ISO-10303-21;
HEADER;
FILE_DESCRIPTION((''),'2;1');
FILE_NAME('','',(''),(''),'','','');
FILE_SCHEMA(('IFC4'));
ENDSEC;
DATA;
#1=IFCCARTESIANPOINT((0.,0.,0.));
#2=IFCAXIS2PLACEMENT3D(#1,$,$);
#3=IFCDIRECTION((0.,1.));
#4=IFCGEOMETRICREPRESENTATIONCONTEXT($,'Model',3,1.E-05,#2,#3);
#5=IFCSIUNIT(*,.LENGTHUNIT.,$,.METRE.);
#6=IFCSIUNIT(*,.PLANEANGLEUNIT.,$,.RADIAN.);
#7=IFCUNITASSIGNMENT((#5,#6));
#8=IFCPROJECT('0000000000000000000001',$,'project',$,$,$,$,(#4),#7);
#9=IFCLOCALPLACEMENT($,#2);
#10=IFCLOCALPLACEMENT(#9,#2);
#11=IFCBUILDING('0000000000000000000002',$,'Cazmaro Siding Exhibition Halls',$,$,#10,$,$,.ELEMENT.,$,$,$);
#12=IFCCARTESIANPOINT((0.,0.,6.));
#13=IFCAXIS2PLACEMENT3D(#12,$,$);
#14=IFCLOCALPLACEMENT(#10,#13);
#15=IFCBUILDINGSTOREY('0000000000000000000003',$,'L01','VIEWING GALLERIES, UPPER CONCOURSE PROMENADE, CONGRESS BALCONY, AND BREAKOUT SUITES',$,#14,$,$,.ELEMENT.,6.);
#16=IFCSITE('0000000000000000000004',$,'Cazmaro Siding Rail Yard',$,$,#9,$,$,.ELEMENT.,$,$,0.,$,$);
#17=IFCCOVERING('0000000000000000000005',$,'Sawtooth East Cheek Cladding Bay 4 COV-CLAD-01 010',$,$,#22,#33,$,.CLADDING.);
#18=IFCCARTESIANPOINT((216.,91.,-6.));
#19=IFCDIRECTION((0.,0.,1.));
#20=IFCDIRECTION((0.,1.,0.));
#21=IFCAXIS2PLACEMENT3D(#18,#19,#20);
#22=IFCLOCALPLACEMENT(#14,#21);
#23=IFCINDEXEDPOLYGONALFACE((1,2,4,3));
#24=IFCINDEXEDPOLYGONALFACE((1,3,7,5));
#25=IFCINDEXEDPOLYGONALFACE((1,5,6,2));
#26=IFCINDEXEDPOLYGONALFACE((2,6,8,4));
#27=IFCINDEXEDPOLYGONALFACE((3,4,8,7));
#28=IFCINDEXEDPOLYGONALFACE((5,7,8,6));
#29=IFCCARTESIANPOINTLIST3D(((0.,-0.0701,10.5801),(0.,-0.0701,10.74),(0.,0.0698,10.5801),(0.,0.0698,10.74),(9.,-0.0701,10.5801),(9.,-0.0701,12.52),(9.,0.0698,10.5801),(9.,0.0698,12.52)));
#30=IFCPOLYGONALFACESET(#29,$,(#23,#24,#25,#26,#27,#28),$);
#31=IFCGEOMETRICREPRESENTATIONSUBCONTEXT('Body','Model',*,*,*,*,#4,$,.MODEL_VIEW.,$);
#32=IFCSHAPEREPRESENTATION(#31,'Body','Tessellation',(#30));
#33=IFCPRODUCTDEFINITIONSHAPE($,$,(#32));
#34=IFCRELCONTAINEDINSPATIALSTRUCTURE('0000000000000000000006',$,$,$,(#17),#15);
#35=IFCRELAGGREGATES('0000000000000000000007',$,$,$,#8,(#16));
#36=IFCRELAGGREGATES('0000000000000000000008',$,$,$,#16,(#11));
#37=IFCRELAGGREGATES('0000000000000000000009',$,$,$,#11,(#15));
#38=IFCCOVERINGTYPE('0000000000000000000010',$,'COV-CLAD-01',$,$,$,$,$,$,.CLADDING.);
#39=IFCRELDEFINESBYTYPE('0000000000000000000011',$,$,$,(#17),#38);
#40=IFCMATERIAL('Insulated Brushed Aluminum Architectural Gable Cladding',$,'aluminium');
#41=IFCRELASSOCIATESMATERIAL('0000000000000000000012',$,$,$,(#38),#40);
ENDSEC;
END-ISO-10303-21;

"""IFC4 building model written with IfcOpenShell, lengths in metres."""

from ifc_helpers import new_model, si_unit, direction, frame, origin, place, context, subcontext, project, spatial, polyline, outline, extrude, material, type_object, element, save


model = new_model("IFC4")

# Units and contexts
model_context = context("Model", 3, precision=1e-05, world=origin(), true_north=direction((0.0, 1.0)))
body_context = subcontext(model_context, "Body", "Model", "MODEL_VIEW")
ifc_project = project(units=[si_unit("LENGTHUNIT", "METRE"), si_unit("PLANEANGLEUNIT", "RADIAN")], contexts=[model_context])

# Site, building, storey
site_placement = place(None, origin())
site = spatial("IfcSite", under=ifc_project, at=site_placement, Name="Cazmaro Siding Rail Yard", CompositionType="ELEMENT", RefElevation=0.0)
building_placement = place(site_placement, origin())
building = spatial("IfcBuilding", under=site, at=building_placement, Name="Cazmaro Siding Exhibition Halls", CompositionType="ELEMENT")
storey_placement = place(building_placement, frame((0.0, 0.0, 6.0)))
storey = spatial("IfcBuildingStorey", under=building, at=storey_placement, Name="L01", Description="VIEWING GALLERIES, UPPER CONCOURSE PROMENADE, CONGRESS BALCONY, AND BREAKOUT SUITES", CompositionType="ELEMENT", Elevation=6.0)

# Covering
ifc_material_1 = material(Name="Insulated Brushed Aluminum Architectural Gable Cladding", Category="aluminium")
covering_type = type_object("IfcCoveringType", Name="COV-CLAD-01", PredefinedType="CLADDING", material=ifc_material_1)
covering_placement = place(storey_placement, frame((216.0, 91.0, -6.0), z_axis=(0.0, 0.0, 1.0), x_axis=(0.0, 1.0, 0.0)))
element("IfcCovering", 1, at=covering_placement, inside=storey, type_object=covering_type, Name="Sawtooth East Cheek Cladding Bay 4 COV-CLAD-01 010", PredefinedType="CLADDING", context=body_context, shape_type="SweptSolid", body=[
    extrude(outline(polyline([(0.0, 10.5801), (9.0, 10.5801), (9.0, 12.52), (0.0, 10.74), (0.0, 10.5801)])), frame((0.0, 0.0698, 0.0), z_axis=(0.0, -1.0, 0.0), x_axis=(1.0, 0.0, 0.0)), (0.0, 0.0, 1.0), 0.1399),
])

save(model, "model.ifc")
